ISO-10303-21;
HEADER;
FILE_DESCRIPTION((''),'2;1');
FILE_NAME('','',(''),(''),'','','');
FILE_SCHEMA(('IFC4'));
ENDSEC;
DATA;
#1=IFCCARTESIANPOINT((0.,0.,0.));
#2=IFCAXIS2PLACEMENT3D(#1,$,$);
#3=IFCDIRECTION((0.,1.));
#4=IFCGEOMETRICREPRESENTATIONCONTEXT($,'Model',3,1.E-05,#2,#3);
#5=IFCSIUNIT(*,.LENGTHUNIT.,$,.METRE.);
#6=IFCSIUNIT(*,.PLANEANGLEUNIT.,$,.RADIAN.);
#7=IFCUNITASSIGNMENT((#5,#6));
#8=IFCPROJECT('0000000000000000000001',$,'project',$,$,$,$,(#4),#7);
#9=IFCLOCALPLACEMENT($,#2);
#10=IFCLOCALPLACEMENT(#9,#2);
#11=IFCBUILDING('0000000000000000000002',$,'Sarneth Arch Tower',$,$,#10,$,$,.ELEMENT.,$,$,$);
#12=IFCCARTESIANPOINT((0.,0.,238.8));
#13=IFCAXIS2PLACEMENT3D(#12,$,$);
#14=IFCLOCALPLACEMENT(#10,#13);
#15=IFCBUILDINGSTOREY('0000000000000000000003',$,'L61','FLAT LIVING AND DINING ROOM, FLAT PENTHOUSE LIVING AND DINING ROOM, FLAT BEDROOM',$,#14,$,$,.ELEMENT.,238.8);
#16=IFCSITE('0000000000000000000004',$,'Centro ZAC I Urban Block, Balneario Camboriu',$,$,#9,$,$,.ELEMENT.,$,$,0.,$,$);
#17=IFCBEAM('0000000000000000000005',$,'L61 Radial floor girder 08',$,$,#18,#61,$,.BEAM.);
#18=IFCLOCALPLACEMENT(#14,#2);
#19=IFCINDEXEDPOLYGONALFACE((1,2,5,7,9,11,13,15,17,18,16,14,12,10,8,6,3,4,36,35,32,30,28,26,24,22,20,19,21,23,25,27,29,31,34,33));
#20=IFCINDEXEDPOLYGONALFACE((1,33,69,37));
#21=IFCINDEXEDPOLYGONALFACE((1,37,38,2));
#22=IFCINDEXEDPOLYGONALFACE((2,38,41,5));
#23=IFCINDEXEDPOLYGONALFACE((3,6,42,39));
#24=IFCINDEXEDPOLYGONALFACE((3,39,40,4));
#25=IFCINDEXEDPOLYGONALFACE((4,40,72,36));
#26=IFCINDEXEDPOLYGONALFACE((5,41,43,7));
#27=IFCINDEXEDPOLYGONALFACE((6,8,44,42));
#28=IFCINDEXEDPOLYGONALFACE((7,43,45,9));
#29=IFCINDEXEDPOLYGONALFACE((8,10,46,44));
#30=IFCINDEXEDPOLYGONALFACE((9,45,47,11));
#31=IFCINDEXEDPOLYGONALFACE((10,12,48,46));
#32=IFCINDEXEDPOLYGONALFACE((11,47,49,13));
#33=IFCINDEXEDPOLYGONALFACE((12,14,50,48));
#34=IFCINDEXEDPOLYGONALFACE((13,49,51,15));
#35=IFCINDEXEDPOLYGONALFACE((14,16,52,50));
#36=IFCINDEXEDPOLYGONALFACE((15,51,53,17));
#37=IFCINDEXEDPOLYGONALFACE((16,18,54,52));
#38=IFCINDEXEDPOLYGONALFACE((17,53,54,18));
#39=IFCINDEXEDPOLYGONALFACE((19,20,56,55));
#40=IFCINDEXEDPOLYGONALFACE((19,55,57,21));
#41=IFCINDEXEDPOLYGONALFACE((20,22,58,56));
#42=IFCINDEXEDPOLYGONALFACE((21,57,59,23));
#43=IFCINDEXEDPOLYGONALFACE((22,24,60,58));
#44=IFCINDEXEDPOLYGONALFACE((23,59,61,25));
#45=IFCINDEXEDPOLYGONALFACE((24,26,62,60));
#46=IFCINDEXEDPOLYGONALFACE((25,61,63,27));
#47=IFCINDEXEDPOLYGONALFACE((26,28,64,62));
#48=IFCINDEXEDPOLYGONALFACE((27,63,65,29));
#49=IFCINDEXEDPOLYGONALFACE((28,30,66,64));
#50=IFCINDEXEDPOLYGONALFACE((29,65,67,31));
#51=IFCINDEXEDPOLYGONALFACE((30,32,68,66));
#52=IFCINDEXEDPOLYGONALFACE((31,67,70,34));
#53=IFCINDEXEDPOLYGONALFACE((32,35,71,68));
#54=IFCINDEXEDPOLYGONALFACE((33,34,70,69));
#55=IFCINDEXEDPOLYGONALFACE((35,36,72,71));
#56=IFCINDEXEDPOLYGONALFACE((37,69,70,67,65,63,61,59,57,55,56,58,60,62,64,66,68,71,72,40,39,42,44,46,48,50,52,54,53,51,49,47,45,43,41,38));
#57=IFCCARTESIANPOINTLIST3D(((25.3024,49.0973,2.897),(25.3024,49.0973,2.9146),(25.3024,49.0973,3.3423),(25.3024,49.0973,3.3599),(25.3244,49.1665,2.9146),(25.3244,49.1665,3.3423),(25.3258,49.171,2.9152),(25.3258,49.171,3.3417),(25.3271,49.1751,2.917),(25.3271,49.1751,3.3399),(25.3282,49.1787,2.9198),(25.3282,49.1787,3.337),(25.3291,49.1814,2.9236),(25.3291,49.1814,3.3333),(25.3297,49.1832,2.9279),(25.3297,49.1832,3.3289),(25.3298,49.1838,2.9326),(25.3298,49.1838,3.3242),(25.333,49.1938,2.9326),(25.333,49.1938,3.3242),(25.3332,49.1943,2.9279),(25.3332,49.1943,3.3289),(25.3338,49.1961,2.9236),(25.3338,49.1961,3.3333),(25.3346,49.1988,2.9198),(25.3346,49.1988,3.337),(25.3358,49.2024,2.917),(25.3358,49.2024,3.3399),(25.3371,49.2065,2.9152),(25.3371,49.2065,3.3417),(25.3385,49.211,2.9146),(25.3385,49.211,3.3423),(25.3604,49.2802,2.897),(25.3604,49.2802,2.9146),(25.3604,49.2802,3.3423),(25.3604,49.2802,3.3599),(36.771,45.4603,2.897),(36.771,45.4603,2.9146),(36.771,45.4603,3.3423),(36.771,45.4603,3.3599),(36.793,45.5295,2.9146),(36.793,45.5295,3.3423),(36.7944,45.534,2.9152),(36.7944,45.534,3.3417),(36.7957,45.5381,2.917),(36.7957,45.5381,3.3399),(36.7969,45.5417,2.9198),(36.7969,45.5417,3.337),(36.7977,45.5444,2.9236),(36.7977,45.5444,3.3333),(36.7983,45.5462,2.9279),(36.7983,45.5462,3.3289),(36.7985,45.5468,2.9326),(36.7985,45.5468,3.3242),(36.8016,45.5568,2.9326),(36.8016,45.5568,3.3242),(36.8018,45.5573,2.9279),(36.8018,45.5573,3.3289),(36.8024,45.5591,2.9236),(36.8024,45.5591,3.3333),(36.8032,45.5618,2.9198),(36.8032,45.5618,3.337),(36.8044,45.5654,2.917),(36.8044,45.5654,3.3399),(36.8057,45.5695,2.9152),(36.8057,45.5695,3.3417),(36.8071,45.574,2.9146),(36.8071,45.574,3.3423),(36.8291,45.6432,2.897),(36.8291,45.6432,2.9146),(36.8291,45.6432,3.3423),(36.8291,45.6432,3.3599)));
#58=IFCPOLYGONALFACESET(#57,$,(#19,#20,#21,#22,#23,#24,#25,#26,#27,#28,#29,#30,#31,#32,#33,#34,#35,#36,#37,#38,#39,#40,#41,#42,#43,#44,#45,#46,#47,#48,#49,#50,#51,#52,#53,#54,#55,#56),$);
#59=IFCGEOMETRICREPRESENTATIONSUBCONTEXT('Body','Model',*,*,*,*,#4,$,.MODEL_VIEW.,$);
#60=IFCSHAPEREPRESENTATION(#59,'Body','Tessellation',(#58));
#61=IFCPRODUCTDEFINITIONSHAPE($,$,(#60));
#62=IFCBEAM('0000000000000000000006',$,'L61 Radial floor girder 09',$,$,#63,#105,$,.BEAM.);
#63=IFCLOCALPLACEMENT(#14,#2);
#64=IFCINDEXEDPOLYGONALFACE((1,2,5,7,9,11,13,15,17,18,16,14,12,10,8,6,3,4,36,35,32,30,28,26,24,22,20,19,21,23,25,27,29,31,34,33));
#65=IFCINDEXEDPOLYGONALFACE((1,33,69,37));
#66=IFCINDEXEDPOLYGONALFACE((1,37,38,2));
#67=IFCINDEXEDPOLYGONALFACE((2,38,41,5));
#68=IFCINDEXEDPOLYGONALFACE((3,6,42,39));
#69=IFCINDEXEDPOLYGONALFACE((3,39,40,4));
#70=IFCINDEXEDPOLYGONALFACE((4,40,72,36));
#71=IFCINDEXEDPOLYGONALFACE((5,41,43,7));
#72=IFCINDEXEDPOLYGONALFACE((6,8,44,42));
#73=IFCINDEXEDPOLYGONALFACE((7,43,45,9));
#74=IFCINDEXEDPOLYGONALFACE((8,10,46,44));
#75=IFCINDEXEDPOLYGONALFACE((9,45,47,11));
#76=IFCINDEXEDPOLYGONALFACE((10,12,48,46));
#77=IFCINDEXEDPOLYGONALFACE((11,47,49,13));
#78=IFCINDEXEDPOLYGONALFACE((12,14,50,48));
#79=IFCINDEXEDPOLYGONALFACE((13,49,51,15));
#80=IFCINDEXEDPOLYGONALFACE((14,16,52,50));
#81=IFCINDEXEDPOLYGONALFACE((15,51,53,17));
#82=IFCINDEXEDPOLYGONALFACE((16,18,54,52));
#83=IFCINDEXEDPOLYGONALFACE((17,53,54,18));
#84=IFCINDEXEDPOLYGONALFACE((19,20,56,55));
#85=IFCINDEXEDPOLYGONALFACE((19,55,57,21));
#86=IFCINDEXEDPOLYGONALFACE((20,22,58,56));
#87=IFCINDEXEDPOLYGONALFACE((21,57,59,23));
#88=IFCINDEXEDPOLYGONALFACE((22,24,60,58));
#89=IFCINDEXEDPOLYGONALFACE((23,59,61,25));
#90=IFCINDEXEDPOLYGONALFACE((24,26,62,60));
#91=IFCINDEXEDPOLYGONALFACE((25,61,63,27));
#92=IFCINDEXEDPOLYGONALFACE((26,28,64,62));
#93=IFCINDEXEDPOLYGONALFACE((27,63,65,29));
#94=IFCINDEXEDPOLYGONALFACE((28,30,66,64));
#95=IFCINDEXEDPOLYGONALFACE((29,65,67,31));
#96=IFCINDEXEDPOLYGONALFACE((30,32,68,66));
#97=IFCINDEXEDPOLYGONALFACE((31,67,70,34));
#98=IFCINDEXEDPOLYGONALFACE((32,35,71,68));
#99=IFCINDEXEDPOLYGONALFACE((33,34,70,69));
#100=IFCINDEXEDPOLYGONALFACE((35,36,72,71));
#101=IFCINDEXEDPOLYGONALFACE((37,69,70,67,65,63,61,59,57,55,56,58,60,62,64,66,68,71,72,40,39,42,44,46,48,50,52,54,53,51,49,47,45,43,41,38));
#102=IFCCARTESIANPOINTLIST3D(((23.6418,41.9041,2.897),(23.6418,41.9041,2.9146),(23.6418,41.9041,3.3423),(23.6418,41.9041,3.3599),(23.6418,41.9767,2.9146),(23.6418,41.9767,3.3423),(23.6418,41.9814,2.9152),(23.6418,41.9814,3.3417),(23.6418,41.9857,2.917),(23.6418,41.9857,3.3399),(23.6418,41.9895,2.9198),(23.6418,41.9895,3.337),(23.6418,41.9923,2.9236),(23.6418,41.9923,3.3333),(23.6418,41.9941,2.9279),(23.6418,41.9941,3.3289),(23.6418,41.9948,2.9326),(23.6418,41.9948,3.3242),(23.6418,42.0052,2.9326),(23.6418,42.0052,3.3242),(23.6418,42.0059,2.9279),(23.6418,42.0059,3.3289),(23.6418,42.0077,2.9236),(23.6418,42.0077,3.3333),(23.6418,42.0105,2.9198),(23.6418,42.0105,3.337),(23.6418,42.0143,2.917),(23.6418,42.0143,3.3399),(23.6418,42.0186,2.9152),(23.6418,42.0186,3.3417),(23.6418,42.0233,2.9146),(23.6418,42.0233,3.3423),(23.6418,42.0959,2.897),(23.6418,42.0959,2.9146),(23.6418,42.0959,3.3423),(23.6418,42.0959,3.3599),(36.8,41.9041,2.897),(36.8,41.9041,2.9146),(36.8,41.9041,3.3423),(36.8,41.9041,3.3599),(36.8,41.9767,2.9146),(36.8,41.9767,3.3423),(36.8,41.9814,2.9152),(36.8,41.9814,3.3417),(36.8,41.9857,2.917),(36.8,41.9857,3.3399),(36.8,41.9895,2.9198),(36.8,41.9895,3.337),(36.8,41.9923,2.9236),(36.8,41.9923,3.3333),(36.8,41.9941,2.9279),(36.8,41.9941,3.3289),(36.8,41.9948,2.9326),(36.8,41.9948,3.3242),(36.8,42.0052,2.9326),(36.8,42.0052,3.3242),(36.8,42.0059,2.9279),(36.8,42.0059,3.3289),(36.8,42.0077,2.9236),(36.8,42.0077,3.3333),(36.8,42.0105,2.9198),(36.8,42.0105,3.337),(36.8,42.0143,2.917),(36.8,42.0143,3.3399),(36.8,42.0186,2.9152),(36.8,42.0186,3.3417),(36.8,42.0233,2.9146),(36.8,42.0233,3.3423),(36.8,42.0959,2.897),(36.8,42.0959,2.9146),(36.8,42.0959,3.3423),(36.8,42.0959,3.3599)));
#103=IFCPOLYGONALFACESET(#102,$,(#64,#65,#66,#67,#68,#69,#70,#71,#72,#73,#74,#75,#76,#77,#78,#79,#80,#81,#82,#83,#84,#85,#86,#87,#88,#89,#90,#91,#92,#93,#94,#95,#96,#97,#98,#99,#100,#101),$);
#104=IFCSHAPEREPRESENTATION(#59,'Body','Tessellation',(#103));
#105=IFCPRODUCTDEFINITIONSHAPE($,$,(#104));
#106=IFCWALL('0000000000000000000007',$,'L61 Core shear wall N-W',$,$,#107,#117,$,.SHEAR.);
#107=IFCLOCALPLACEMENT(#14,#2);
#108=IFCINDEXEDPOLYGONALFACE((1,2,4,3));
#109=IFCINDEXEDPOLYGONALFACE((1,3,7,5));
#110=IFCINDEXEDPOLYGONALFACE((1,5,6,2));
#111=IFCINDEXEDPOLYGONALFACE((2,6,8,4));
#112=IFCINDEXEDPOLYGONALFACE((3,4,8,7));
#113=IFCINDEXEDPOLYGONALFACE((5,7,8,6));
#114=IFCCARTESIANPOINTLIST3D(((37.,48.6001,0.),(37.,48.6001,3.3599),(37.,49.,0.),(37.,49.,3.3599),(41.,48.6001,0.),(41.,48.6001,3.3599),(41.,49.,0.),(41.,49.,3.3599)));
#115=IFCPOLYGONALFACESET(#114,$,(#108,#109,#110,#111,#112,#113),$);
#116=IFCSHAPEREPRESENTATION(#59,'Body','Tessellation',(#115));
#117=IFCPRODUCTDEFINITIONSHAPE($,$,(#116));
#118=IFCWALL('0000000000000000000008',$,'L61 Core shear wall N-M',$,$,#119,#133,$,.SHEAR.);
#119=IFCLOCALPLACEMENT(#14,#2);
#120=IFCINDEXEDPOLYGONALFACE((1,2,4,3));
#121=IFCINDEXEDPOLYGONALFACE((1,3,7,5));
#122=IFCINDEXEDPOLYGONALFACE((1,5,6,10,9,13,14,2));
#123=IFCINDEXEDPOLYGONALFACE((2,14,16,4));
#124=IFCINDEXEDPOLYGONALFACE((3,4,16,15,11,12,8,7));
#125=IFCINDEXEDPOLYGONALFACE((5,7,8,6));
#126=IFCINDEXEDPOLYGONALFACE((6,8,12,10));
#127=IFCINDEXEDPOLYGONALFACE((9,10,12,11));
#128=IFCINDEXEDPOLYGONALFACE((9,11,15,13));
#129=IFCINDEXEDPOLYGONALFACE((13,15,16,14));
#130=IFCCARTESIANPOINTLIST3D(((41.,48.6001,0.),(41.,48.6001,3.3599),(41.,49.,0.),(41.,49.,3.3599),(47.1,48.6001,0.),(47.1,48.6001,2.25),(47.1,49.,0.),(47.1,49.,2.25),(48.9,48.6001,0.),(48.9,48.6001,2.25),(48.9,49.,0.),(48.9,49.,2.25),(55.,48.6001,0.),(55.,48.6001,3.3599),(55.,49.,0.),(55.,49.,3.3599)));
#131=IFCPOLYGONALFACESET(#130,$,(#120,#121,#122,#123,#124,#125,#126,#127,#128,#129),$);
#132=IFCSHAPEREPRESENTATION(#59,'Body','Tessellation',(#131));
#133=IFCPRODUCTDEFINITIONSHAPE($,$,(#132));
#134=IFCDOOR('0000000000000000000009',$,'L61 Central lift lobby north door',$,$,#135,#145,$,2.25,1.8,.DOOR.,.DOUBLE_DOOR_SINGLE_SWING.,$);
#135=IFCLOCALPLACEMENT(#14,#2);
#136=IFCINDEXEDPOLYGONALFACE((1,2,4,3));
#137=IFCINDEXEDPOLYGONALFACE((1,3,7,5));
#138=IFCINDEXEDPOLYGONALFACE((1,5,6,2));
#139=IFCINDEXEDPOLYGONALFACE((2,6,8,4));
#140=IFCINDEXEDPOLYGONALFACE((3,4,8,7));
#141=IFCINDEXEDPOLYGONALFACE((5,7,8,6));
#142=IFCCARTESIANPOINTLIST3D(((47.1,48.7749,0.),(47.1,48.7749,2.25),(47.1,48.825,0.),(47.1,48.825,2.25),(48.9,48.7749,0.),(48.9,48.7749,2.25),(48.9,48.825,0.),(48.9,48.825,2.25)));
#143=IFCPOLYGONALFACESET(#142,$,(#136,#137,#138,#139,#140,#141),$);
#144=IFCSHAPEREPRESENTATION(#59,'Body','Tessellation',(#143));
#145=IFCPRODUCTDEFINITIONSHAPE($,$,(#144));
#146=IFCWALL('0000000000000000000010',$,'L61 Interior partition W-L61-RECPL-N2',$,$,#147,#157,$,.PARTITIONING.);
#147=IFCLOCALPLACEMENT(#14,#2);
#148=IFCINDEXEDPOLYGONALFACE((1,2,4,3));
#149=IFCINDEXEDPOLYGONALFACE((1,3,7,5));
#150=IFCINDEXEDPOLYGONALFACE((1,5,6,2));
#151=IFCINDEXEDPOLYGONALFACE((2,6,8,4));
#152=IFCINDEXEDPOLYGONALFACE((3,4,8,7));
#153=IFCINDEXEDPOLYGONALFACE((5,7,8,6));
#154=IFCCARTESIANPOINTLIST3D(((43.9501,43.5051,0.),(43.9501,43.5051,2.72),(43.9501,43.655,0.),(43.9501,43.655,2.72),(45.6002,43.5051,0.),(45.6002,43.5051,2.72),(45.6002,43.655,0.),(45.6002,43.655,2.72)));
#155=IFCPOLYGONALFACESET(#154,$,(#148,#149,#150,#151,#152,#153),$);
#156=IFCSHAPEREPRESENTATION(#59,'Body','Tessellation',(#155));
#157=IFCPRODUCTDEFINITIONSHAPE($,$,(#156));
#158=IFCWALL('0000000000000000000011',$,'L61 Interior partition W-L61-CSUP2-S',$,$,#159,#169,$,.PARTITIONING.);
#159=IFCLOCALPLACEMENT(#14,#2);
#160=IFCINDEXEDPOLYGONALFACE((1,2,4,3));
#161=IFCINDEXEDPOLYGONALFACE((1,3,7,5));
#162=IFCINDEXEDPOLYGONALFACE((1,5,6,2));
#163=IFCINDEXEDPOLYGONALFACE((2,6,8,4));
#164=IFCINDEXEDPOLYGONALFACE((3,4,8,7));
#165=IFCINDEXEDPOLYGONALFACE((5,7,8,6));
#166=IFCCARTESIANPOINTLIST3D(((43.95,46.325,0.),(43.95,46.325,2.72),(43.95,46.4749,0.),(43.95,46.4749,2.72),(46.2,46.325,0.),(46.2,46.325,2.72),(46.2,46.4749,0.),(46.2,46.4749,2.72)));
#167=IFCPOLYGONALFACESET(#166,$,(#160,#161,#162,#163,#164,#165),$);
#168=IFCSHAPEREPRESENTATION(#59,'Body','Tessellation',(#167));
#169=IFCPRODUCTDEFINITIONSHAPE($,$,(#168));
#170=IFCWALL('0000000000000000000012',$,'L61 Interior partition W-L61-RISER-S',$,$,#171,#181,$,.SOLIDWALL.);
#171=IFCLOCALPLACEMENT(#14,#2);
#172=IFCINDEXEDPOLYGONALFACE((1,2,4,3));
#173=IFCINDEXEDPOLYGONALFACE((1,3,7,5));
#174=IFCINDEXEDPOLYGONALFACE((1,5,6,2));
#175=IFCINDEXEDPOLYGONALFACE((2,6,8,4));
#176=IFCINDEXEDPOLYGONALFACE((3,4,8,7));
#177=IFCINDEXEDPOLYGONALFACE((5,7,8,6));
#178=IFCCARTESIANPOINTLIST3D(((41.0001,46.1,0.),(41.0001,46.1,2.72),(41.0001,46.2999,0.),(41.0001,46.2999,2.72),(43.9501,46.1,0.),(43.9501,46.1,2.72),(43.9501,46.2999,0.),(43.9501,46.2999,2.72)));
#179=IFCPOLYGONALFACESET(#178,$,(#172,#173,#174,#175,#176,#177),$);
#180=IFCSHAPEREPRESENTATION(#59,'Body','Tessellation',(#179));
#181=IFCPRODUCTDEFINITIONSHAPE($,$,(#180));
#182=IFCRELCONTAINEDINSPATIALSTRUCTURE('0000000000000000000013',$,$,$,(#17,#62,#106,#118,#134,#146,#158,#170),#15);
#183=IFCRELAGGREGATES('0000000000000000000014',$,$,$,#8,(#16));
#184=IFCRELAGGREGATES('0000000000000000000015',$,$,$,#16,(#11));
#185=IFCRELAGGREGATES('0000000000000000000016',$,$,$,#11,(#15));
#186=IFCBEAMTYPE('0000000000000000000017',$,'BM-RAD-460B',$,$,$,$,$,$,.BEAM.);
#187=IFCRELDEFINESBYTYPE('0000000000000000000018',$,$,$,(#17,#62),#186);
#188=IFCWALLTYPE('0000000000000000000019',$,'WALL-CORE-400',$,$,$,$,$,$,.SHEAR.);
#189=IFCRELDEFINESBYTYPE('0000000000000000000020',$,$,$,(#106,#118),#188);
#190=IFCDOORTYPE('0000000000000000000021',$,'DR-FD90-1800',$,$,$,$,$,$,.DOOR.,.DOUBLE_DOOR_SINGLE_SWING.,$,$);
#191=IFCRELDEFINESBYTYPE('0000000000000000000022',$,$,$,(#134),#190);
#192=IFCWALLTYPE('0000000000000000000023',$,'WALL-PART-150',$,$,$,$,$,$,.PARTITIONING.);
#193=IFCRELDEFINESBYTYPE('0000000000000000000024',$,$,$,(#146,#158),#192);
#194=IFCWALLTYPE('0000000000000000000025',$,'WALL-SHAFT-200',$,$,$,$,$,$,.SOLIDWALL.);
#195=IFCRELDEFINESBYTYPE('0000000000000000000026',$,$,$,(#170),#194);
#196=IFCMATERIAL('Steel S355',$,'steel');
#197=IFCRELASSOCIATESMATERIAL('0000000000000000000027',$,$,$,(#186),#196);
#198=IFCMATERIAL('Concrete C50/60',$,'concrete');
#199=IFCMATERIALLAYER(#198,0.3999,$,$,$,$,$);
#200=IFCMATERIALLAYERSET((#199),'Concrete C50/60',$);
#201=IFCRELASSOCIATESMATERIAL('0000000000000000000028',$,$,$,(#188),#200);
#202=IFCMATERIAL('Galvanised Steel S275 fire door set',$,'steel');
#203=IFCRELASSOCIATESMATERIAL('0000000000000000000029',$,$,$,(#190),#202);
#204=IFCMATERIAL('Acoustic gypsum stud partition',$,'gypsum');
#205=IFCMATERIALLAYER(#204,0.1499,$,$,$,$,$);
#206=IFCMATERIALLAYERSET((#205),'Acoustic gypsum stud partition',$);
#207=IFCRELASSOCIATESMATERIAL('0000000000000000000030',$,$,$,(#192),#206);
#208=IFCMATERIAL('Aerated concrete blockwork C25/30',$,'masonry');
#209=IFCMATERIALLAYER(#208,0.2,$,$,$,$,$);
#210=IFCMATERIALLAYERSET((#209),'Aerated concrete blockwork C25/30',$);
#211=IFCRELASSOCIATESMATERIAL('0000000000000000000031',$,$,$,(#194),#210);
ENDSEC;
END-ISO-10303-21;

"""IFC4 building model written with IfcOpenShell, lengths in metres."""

from ifc_helpers import new_model, si_unit, direction, frame, frame_2d, origin, origin_2d, place, context, subcontext, project, spatial, rectangle, i_section, extrude, material, layer, layer_set, material_profile, profile_set, type_object, element, fill, save


model = new_model("IFC4")

# Units and contexts
model_context = context("Model", 3, precision=1e-05, world=origin(), true_north=direction((0.0, 1.0)))
body_context = subcontext(model_context, "Body", "Model", "MODEL_VIEW")
ifc_project = project(units=[si_unit("LENGTHUNIT", "METRE"), si_unit("PLANEANGLEUNIT", "RADIAN")], contexts=[model_context])

# Site, building, storey
site_placement = place(None, origin())
site = spatial("IfcSite", under=ifc_project, at=site_placement, Name="Centro ZAC I Urban Block, Balneario Camboriu", CompositionType="ELEMENT", RefElevation=0.0)
building_placement = place(site_placement, origin())
building = spatial("IfcBuilding", under=site, at=building_placement, Name="Sarneth Arch Tower", CompositionType="ELEMENT")
storey_placement = place(building_placement, frame((0.0, 0.0, 238.8)))
storey = spatial("IfcBuildingStorey", under=building, at=storey_placement, Name="L61", Description="FLAT LIVING AND DINING ROOM, FLAT PENTHOUSE LIVING AND DINING ROOM, FLAT BEDROOM", CompositionType="ELEMENT", Elevation=238.8)

# Beams
ifc_material_1 = material(Name="Steel S355", Category="steel")
ifc_material_profile_1 = material_profile(ifc_material_1, i_section(OverallWidth=0.1919, OverallDepth=0.4629, WebThickness=0.0105, FlangeThickness=0.0176, FilletRadius=0.0181, at=origin_2d()), Name="W460x89")
ifc_profile_set_1 = profile_set([ifc_material_profile_1], Name="Steel S355")
beam_type_1 = type_object("IfcBeamType", Name="BM-RAD-460B", PredefinedType="BEAM", material=ifc_profile_set_1)
beam_1_placement = place(storey_placement, frame((36.8, 45.5518, 3.1284), z_axis=(-0.953216, 0.30229, 0.0), x_axis=(-0.30229, -0.953216, 0.0)))
element("IfcBeam", 1, at=beam_1_placement, inside=storey, type_object=beam_type_1, Name="L61 Radial floor girder 08", PredefinedType="BEAM", context=body_context, shape_type="SweptSolid", body=[
    extrude(i_section(OverallWidth=0.1919, OverallDepth=0.4629, WebThickness=0.0105, FlangeThickness=0.0176, FilletRadius=0.0181, at=origin_2d()), origin(), (0.0, 0.0, 1.0), 12.0315),
])
beam_2_placement = place(storey_placement, frame((36.8, 42.0, 3.1284), z_axis=(-1.0, 0.0, 0.0), x_axis=(0.0, -1.0, 0.0)))
element("IfcBeam", 2, at=beam_2_placement, inside=storey, type_object=beam_type_1, Name="L61 Radial floor girder 09", PredefinedType="BEAM", context=body_context, shape_type="SweptSolid", body=[
    extrude(i_section(OverallWidth=0.1919, OverallDepth=0.4629, WebThickness=0.0105, FlangeThickness=0.0176, FilletRadius=0.0181, at=origin_2d()), origin(), (0.0, 0.0, 1.0), 13.1582),
])

# Wall
ifc_material_2 = material(Name="Concrete C50/60", Category="concrete")
ifc_layer_1 = layer(ifc_material_2, 0.3999)
ifc_layer_set_1 = layer_set([ifc_layer_1], Name="Concrete C50/60")
wall_type_1 = type_object("IfcWallType", Name="WALL-CORE-400", PredefinedType="SHEAR", material=ifc_layer_set_1)
wall_1_placement = place(storey_placement, frame((37.0, 48.8, 0.0), z_axis=(0.0, 0.0, 1.0), x_axis=(1.0, 0.0, 0.0)))
element("IfcWall", 3, at=wall_1_placement, inside=storey, type_object=wall_type_1, Name="L61 Core shear wall N-W", PredefinedType="SHEAR", context=body_context, shape_type="SweptSolid", body=[
    extrude(rectangle(XDim=4.0, YDim=0.3999, at=frame_2d((2.0, 0.0))), origin(), (0.0, 0.0, 1.0), 3.3599),
])

# Wall, opening, door
wall_2_placement = place(storey_placement, frame((41.0, 48.8, 0.0), z_axis=(0.0, 0.0, 1.0), x_axis=(1.0, 0.0, 0.0)))
wall_2 = element("IfcWall", 4, at=wall_2_placement, inside=storey, type_object=wall_type_1, Name="L61 Core shear wall N-M", PredefinedType="SHEAR", context=body_context, shape_type="SweptSolid", body=[
    extrude(rectangle(XDim=14.0, YDim=0.3999, at=frame_2d((7.0, 0.0))), origin(), (0.0, 0.0, 1.0), 3.3599),
])
opening_1_placement = place(wall_2_placement, frame((6.1001, 0.0, 0.0)))
opening_1 = element("IfcOpeningElement", 5, at=opening_1_placement, cuts=wall_2, PredefinedType="OPENING", context=body_context, shape_type="SweptSolid", body=[
    extrude(rectangle(XDim=1.8, YDim=2.25, at=frame_2d((0.8999, 1.125))), frame((0.0, 0.21, 0.0), z_axis=(0.0, -1.0, 0.0), x_axis=(1.0, 0.0, 0.0)), (0.0, 0.0, 1.0), 0.4199),
])
ifc_material_3 = material(Name="Galvanised Steel S275 fire door set", Category="steel")
door_type_1 = type_object("IfcDoorType", Name="DR-FD90-1800", OperationType="DOUBLE_DOOR_SINGLE_SWING", PredefinedType="DOOR", material=ifc_material_3)
door_1_placement = place(opening_1_placement, origin())
door_1 = element("IfcDoor", 6, at=door_1_placement, inside=storey, type_object=door_type_1, Name="L61 Central lift lobby north door", OperationType="DOUBLE_DOOR_SINGLE_SWING", OverallHeight=2.25, OverallWidth=1.8, PredefinedType="DOOR", context=body_context, shape_type="SweptSolid", body=[
    extrude(rectangle(XDim=1.8, YDim=2.25, at=frame_2d((0.8999, 1.125))), frame((0.0, 0.0249, 0.0), z_axis=(0.0, -1.0, 0.0), x_axis=(1.0, 0.0, 0.0)), (0.0, 0.0, 1.0), 0.05),
])
fill(opening_1, door_1)

# Wall
ifc_material_4 = material(Name="Acoustic gypsum stud partition", Category="gypsum")
ifc_layer_2 = layer(ifc_material_4, 0.1499)
ifc_layer_set_2 = layer_set([ifc_layer_2], Name="Acoustic gypsum stud partition")
wall_type_2 = type_object("IfcWallType", Name="WALL-PART-150", PredefinedType="PARTITIONING", material=ifc_layer_set_2)
wall_3_placement = place(storey_placement, frame((43.95, 43.5801, 0.0), z_axis=(0.0, 0.0, 1.0), x_axis=(1.0, 0.0, 0.0)))
element("IfcWall", 7, at=wall_3_placement, inside=storey, type_object=wall_type_2, Name="L61 Interior partition W-L61-RECPL-N2", PredefinedType="PARTITIONING", context=body_context, shape_type="SweptSolid", body=[
    extrude(rectangle(XDim=1.6501, YDim=0.1499, at=frame_2d((0.8252, 0.0))), origin(), (0.0, 0.0, 1.0), 2.72),
])

# Wall
wall_4_placement = place(storey_placement, frame((43.95, 46.3999, 0.0), z_axis=(0.0, 0.0, 1.0), x_axis=(1.0, 0.0, 0.0)))
element("IfcWall", 8, at=wall_4_placement, inside=storey, type_object=wall_type_2, Name="L61 Interior partition W-L61-CSUP2-S", PredefinedType="PARTITIONING", context=body_context, shape_type="SweptSolid", body=[
    extrude(rectangle(XDim=2.25, YDim=0.1499, at=frame_2d((1.125, 0.0))), origin(), (0.0, 0.0, 1.0), 2.72),
])

# Wall
ifc_material_5 = material(Name="Aerated concrete blockwork C25/30", Category="masonry")
ifc_layer_3 = layer(ifc_material_5, 0.2)
ifc_layer_set_3 = layer_set([ifc_layer_3], Name="Aerated concrete blockwork C25/30")
wall_type_3 = type_object("IfcWallType", Name="WALL-SHAFT-200", PredefinedType="SOLIDWALL", material=ifc_layer_set_3)
wall_5_placement = place(storey_placement, frame((41.0, 46.2, 0.0), z_axis=(0.0, 0.0, 1.0), x_axis=(1.0, 0.0, 0.0)))
element("IfcWall", 9, at=wall_5_placement, inside=storey, type_object=wall_type_3, Name="L61 Interior partition W-L61-RISER-S", PredefinedType="SOLIDWALL", context=body_context, shape_type="SweptSolid", body=[
    extrude(rectangle(XDim=2.95, YDim=0.2, at=frame_2d((1.4751, 0.0))), origin(), (0.0, 0.0, 1.0), 2.72),
])

save(model, "model.ifc")
